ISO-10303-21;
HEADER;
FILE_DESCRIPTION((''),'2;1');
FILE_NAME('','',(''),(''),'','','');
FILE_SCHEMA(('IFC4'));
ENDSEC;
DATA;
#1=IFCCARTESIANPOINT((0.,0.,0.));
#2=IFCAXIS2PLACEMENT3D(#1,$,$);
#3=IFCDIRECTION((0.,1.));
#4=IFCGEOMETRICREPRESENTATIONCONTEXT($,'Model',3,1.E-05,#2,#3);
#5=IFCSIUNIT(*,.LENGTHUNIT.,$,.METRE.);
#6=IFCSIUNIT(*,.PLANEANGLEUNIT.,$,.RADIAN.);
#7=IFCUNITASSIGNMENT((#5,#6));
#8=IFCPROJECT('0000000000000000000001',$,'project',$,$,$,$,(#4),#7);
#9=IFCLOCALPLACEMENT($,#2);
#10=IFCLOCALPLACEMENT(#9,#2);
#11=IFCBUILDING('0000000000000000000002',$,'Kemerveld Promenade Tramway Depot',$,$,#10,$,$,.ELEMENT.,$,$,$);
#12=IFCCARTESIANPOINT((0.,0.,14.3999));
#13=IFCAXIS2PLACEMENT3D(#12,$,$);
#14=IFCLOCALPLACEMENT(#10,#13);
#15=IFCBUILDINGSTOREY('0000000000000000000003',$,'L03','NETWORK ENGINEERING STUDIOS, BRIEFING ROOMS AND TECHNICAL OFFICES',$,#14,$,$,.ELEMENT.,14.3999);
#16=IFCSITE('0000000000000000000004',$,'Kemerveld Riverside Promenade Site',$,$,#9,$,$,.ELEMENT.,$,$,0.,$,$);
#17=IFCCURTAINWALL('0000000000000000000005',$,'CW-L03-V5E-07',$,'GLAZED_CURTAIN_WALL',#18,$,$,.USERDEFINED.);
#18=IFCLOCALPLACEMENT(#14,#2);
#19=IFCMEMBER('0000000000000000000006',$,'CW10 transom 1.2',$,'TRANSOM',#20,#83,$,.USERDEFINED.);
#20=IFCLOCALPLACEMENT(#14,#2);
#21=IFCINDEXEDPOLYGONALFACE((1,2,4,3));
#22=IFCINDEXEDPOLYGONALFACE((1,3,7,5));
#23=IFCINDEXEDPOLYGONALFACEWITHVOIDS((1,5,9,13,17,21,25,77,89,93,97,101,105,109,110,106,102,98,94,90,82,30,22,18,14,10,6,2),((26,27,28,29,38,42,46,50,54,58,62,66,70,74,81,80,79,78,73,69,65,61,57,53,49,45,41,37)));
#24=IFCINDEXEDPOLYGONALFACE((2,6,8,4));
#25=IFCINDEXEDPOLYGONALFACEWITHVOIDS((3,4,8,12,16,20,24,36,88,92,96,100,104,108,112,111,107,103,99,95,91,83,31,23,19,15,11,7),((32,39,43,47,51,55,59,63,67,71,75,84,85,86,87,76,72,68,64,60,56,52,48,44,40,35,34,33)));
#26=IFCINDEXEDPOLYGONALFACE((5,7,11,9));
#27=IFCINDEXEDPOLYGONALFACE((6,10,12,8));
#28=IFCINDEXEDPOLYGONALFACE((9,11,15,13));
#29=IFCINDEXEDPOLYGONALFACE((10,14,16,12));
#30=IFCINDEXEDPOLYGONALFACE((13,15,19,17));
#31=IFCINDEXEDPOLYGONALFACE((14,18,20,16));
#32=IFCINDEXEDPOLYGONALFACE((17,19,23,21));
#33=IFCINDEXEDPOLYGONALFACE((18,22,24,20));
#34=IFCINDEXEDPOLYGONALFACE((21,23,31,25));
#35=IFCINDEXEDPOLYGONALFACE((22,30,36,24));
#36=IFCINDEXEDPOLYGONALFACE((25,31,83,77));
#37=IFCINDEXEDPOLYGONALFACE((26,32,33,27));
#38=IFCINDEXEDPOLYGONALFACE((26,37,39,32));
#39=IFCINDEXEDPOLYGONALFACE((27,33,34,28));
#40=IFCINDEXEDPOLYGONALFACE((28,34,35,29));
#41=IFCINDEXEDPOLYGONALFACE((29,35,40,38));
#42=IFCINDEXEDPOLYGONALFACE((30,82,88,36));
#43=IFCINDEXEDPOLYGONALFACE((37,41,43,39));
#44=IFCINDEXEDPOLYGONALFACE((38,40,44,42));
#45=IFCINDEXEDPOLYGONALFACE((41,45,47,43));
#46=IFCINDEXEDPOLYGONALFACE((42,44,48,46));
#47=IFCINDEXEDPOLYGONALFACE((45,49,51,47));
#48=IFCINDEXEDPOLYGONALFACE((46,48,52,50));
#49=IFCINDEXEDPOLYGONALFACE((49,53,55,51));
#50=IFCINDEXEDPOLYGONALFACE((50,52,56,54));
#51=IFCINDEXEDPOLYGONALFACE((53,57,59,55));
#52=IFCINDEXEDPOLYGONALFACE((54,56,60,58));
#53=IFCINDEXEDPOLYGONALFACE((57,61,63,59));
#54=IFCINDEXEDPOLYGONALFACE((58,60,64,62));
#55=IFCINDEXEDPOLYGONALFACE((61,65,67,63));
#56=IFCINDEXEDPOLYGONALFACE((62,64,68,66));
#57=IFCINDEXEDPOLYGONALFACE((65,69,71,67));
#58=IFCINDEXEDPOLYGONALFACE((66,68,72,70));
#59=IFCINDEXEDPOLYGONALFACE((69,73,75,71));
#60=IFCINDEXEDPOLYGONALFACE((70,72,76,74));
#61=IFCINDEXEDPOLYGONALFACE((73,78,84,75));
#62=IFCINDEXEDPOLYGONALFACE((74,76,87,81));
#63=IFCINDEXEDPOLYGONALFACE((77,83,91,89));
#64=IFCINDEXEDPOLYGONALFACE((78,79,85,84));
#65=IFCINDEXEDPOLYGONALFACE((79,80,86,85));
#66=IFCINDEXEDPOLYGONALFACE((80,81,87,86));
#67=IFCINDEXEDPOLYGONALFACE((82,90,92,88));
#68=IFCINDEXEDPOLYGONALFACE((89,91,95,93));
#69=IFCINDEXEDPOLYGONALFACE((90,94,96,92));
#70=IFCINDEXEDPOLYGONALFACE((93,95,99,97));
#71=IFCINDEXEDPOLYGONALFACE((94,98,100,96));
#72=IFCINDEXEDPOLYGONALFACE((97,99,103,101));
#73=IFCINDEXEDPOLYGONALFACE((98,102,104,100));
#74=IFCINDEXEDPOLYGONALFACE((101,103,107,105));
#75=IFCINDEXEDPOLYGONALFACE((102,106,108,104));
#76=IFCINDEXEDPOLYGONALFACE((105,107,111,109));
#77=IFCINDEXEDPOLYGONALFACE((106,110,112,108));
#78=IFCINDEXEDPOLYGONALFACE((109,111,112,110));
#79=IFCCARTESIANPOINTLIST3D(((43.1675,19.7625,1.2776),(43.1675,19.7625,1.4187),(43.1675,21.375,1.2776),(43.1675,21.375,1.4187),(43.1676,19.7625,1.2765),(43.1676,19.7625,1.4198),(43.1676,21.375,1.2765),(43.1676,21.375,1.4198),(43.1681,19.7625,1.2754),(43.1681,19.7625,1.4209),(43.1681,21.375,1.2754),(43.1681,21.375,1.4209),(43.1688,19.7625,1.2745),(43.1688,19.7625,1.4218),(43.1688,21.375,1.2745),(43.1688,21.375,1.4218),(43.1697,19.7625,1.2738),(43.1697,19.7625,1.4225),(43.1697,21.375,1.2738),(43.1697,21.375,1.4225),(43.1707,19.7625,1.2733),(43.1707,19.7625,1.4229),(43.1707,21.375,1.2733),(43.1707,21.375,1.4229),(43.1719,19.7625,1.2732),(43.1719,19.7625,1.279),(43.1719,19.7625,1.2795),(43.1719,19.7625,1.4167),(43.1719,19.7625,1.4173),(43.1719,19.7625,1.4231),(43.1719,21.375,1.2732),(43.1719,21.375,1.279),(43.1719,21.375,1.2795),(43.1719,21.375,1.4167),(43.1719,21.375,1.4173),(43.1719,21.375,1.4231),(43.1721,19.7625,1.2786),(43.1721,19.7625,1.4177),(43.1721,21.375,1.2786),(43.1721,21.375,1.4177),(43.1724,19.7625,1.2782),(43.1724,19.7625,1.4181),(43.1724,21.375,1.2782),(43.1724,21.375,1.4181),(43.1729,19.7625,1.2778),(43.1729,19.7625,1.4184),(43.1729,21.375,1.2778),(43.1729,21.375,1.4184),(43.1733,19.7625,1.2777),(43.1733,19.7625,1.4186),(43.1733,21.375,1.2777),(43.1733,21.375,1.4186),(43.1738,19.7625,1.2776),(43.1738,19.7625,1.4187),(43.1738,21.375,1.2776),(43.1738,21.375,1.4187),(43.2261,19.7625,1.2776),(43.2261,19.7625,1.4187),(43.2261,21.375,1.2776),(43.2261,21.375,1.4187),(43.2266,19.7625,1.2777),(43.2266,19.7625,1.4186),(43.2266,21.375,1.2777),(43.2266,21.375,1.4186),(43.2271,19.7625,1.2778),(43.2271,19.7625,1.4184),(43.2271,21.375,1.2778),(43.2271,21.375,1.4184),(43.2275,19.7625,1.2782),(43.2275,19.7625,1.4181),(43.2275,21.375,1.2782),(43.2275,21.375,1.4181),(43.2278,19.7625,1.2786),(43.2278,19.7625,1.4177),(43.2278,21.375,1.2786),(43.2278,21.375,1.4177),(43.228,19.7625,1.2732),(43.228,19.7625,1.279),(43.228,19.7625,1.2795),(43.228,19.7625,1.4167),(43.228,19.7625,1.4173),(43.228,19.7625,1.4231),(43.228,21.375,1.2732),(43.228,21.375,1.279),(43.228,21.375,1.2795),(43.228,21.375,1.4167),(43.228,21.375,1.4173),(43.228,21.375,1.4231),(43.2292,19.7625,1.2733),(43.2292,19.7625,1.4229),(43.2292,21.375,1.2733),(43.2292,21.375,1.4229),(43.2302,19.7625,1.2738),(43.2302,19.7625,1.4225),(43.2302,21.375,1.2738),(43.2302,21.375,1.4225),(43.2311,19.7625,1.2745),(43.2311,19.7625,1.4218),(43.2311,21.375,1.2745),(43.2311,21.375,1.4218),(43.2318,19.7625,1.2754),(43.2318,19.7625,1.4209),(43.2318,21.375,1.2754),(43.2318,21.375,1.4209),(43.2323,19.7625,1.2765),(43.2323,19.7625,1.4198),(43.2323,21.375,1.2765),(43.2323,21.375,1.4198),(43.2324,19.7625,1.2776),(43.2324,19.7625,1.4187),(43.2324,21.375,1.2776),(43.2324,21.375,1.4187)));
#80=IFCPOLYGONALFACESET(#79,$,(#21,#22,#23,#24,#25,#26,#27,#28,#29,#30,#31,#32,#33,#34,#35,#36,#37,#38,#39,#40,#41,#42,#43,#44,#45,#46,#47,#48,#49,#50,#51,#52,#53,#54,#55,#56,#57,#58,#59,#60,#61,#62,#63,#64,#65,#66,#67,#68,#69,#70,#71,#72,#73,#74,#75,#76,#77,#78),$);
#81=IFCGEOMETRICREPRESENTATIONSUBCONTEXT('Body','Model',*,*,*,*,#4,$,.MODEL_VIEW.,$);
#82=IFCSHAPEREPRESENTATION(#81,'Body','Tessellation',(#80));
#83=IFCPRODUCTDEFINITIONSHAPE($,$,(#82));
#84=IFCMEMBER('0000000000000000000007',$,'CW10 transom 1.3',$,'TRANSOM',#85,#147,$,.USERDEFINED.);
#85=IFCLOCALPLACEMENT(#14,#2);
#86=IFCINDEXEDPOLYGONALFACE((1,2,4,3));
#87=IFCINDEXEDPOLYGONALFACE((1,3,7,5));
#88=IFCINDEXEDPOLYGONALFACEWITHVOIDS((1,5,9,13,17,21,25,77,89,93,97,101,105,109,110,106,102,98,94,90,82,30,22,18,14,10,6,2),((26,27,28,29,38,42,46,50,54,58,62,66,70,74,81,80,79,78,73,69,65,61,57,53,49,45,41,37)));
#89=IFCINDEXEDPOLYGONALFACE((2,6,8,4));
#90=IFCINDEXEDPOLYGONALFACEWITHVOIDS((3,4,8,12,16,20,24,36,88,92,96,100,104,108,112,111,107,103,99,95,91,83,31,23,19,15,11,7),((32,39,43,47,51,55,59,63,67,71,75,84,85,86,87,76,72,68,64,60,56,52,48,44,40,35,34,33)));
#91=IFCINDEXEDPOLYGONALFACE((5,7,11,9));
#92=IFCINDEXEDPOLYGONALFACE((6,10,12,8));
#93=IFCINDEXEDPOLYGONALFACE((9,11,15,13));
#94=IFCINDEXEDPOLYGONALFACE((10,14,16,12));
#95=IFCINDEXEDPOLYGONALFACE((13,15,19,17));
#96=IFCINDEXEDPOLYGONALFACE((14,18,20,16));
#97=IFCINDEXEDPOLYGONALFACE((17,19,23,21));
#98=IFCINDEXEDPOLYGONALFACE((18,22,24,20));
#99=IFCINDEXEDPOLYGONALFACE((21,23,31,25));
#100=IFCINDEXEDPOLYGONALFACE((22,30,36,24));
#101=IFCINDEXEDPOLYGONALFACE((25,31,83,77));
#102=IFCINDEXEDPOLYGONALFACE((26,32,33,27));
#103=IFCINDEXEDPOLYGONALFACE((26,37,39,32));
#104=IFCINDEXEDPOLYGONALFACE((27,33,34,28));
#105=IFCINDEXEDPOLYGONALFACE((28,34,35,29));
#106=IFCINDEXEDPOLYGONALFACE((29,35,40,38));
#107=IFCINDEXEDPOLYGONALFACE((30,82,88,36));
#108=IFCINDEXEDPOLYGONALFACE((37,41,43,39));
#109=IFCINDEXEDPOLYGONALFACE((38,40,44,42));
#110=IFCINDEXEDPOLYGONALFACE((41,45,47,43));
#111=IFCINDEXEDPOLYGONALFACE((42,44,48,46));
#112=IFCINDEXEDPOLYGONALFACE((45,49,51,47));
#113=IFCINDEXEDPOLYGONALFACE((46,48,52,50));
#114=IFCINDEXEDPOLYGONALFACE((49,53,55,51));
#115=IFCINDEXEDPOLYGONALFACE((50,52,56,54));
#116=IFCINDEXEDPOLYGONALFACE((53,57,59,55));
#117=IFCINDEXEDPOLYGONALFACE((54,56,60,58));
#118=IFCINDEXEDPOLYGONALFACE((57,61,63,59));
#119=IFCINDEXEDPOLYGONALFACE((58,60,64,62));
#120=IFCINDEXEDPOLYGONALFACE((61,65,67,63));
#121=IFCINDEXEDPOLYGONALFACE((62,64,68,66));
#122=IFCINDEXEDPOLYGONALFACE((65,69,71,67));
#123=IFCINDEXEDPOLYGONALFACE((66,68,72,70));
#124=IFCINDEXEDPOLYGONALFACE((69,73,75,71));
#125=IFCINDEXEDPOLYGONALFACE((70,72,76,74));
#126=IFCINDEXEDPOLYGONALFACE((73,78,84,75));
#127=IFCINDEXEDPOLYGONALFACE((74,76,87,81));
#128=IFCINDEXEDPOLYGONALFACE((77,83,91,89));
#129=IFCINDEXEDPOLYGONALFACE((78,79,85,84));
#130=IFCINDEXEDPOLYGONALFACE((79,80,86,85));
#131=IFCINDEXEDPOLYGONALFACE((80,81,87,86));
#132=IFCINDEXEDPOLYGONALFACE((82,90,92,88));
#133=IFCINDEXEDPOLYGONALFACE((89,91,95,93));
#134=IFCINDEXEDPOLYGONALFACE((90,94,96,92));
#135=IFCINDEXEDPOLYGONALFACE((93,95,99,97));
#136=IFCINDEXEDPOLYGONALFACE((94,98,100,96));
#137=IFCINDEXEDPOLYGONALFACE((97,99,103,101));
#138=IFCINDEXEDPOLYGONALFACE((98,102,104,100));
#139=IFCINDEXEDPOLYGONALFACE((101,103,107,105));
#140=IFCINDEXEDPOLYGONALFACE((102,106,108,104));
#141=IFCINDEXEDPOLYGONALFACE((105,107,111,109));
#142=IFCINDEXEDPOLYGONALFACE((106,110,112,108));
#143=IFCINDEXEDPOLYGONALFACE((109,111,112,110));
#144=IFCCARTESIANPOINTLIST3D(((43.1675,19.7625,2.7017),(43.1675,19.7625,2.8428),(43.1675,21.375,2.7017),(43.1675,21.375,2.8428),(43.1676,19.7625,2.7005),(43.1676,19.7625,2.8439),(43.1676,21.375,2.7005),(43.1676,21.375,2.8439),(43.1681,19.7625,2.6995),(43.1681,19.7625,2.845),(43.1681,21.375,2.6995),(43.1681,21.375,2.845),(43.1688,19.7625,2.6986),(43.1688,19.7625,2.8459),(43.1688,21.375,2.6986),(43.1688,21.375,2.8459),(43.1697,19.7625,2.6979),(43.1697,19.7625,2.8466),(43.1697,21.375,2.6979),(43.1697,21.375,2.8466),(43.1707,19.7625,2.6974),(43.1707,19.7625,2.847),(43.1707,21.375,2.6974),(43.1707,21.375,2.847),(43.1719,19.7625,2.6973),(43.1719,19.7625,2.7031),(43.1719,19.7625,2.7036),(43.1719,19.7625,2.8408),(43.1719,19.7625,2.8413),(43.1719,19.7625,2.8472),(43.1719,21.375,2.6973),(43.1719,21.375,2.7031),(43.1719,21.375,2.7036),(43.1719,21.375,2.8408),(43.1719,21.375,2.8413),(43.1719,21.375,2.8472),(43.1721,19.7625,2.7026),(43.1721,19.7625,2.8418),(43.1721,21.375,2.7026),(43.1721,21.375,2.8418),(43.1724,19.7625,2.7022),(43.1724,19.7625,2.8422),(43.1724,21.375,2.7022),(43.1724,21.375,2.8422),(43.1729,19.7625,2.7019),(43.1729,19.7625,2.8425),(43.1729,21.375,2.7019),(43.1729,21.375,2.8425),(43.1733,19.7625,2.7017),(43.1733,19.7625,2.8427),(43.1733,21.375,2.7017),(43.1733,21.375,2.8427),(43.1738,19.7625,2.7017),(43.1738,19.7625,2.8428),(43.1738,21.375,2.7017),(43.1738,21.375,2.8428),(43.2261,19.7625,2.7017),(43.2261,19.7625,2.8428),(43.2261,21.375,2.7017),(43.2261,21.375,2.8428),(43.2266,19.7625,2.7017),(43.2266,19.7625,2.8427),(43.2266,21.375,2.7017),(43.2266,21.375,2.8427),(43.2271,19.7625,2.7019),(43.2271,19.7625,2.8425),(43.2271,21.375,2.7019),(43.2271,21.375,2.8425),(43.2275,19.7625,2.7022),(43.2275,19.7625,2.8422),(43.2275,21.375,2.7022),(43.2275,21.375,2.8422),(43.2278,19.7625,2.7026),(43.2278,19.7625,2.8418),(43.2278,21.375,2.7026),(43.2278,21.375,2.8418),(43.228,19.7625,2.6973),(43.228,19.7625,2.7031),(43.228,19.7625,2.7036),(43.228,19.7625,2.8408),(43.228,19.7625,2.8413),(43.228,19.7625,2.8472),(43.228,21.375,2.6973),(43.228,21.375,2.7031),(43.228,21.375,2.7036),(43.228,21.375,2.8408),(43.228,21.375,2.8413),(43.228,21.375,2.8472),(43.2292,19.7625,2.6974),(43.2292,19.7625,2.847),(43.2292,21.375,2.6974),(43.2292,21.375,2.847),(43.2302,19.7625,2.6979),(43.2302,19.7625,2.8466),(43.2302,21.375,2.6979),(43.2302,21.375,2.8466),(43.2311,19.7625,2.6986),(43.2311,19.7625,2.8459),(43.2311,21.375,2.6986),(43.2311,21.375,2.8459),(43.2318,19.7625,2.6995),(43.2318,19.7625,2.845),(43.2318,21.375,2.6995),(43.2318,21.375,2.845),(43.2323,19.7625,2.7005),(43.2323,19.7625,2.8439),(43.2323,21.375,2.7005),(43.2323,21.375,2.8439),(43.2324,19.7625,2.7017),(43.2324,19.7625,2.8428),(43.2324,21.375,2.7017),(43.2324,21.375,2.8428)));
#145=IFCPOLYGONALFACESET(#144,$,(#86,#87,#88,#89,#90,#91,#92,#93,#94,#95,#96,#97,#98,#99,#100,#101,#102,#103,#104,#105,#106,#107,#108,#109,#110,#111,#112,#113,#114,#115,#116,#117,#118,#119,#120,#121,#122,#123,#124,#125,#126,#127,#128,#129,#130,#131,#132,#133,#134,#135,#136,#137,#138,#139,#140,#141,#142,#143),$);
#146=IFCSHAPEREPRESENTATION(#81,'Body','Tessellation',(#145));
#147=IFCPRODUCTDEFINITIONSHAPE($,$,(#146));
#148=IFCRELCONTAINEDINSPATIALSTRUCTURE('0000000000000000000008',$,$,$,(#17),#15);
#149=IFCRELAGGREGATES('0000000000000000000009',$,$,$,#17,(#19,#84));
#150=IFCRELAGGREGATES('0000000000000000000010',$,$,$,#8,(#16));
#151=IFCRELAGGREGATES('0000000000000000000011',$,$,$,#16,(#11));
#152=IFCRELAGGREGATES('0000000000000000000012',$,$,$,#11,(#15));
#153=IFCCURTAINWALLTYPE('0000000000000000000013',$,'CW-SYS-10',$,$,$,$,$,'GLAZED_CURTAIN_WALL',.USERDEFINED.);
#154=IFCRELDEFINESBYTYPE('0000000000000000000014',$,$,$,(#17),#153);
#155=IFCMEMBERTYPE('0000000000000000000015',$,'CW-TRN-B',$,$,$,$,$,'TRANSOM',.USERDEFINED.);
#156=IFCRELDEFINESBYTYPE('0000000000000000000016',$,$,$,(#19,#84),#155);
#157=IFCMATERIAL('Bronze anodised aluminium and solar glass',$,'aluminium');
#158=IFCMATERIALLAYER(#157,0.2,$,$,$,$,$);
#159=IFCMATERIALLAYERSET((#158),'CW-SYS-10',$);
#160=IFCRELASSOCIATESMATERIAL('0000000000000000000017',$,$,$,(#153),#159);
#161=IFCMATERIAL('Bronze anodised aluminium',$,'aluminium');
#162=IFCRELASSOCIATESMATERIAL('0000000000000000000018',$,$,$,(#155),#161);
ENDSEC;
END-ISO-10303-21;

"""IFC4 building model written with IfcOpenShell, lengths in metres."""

from ifc_helpers import new_model, si_unit, direction, frame, origin, origin_2d, place, context, subcontext, project, spatial, hollow_rectangle, extrude, material, layer, layer_set, material_profile, profile_set, type_object, element, aggregate, save


model = new_model("IFC4")

# Units and contexts
model_context = context("Model", 3, precision=1e-05, world=origin(), true_north=direction((0.0, 1.0)))
body_context = subcontext(model_context, "Body", "Model", "MODEL_VIEW")
ifc_project = project(units=[si_unit("LENGTHUNIT", "METRE"), si_unit("PLANEANGLEUNIT", "RADIAN")], contexts=[model_context])

# Site, building, storey
site_placement = place(None, origin())
site = spatial("IfcSite", under=ifc_project, at=site_placement, Name="Kemerveld Riverside Promenade Site", CompositionType="ELEMENT", RefElevation=0.0)
building_placement = place(site_placement, origin())
building = spatial("IfcBuilding", under=site, at=building_placement, Name="Kemerveld Promenade Tramway Depot", CompositionType="ELEMENT")
storey_placement = place(building_placement, frame((0.0, 0.0, 14.3999)))
storey = spatial("IfcBuildingStorey", under=building, at=storey_placement, Name="L03", Description="NETWORK ENGINEERING STUDIOS, BRIEFING ROOMS AND TECHNICAL OFFICES", CompositionType="ELEMENT", Elevation=14.3999)

# Curtain wall, members
ifc_material_1 = material(Name="Bronze anodised aluminium and solar glass", Category="aluminium")
ifc_layer_1 = layer(ifc_material_1, 0.2)
ifc_layer_set_1 = layer_set([ifc_layer_1], Name="CW-SYS-10")
curtain_wall_type = type_object("IfcCurtainWallType", Name="CW-SYS-10", ElementType="GLAZED_CURTAIN_WALL", PredefinedType="USERDEFINED", material=ifc_layer_set_1)
curtain_wall_placement = place(storey_placement, origin())
curtain_wall = element("IfcCurtainWall", 1, at=curtain_wall_placement, inside=storey, type_object=curtain_wall_type, Name="CW-L03-V5E-07", ObjectType="GLAZED_CURTAIN_WALL", PredefinedType="USERDEFINED")
ifc_material_2 = material(Name="Bronze anodised aluminium", Category="aluminium")
ifc_material_profile_1 = material_profile(ifc_material_2, hollow_rectangle(XDim=0.0649, YDim=0.1499, WallThickness=0.0044, InnerFilletRadius=0.002, OuterFilletRadius=0.0044, at=origin_2d()), Name="CW-TRN-150x65")
ifc_profile_set_1 = profile_set([ifc_material_profile_1], Name="Bronze anodised aluminium")
member_type_1 = type_object("IfcMemberType", Name="CW-TRN-B", ElementType="TRANSOM", PredefinedType="USERDEFINED", material=ifc_profile_set_1)
member_1_placement = place(storey_placement, frame((43.2, 21.375, 1.3481), z_axis=(0.0, -1.0, 0.0), x_axis=(1.0, 0.0, 0.0)))
member_1 = element("IfcMember", 2, at=member_1_placement, type_object=member_type_1, Name="CW10 transom 1.2", ObjectType="TRANSOM", PredefinedType="USERDEFINED", context=body_context, shape_type="SweptSolid", body=[
    extrude(hollow_rectangle(XDim=0.0649, YDim=0.1499, WallThickness=0.0044, InnerFilletRadius=0.002, OuterFilletRadius=0.0044, at=origin_2d()), origin(), (0.0, 0.0, 1.0), 1.6125),
])
member_2_placement = place(storey_placement, frame((43.2, 21.375, 2.7722), z_axis=(0.0, -1.0, 0.0), x_axis=(1.0, 0.0, 0.0)))
member_2 = element("IfcMember", 3, at=member_2_placement, type_object=member_type_1, Name="CW10 transom 1.3", ObjectType="TRANSOM", PredefinedType="USERDEFINED", context=body_context, shape_type="SweptSolid", body=[
    extrude(hollow_rectangle(XDim=0.0649, YDim=0.1499, WallThickness=0.0044, InnerFilletRadius=0.002, OuterFilletRadius=0.0044, at=origin_2d()), origin(), (0.0, 0.0, 1.0), 1.6125),
])
aggregate(curtain_wall, [member_1, member_2])

save(model, "model.ifc")
